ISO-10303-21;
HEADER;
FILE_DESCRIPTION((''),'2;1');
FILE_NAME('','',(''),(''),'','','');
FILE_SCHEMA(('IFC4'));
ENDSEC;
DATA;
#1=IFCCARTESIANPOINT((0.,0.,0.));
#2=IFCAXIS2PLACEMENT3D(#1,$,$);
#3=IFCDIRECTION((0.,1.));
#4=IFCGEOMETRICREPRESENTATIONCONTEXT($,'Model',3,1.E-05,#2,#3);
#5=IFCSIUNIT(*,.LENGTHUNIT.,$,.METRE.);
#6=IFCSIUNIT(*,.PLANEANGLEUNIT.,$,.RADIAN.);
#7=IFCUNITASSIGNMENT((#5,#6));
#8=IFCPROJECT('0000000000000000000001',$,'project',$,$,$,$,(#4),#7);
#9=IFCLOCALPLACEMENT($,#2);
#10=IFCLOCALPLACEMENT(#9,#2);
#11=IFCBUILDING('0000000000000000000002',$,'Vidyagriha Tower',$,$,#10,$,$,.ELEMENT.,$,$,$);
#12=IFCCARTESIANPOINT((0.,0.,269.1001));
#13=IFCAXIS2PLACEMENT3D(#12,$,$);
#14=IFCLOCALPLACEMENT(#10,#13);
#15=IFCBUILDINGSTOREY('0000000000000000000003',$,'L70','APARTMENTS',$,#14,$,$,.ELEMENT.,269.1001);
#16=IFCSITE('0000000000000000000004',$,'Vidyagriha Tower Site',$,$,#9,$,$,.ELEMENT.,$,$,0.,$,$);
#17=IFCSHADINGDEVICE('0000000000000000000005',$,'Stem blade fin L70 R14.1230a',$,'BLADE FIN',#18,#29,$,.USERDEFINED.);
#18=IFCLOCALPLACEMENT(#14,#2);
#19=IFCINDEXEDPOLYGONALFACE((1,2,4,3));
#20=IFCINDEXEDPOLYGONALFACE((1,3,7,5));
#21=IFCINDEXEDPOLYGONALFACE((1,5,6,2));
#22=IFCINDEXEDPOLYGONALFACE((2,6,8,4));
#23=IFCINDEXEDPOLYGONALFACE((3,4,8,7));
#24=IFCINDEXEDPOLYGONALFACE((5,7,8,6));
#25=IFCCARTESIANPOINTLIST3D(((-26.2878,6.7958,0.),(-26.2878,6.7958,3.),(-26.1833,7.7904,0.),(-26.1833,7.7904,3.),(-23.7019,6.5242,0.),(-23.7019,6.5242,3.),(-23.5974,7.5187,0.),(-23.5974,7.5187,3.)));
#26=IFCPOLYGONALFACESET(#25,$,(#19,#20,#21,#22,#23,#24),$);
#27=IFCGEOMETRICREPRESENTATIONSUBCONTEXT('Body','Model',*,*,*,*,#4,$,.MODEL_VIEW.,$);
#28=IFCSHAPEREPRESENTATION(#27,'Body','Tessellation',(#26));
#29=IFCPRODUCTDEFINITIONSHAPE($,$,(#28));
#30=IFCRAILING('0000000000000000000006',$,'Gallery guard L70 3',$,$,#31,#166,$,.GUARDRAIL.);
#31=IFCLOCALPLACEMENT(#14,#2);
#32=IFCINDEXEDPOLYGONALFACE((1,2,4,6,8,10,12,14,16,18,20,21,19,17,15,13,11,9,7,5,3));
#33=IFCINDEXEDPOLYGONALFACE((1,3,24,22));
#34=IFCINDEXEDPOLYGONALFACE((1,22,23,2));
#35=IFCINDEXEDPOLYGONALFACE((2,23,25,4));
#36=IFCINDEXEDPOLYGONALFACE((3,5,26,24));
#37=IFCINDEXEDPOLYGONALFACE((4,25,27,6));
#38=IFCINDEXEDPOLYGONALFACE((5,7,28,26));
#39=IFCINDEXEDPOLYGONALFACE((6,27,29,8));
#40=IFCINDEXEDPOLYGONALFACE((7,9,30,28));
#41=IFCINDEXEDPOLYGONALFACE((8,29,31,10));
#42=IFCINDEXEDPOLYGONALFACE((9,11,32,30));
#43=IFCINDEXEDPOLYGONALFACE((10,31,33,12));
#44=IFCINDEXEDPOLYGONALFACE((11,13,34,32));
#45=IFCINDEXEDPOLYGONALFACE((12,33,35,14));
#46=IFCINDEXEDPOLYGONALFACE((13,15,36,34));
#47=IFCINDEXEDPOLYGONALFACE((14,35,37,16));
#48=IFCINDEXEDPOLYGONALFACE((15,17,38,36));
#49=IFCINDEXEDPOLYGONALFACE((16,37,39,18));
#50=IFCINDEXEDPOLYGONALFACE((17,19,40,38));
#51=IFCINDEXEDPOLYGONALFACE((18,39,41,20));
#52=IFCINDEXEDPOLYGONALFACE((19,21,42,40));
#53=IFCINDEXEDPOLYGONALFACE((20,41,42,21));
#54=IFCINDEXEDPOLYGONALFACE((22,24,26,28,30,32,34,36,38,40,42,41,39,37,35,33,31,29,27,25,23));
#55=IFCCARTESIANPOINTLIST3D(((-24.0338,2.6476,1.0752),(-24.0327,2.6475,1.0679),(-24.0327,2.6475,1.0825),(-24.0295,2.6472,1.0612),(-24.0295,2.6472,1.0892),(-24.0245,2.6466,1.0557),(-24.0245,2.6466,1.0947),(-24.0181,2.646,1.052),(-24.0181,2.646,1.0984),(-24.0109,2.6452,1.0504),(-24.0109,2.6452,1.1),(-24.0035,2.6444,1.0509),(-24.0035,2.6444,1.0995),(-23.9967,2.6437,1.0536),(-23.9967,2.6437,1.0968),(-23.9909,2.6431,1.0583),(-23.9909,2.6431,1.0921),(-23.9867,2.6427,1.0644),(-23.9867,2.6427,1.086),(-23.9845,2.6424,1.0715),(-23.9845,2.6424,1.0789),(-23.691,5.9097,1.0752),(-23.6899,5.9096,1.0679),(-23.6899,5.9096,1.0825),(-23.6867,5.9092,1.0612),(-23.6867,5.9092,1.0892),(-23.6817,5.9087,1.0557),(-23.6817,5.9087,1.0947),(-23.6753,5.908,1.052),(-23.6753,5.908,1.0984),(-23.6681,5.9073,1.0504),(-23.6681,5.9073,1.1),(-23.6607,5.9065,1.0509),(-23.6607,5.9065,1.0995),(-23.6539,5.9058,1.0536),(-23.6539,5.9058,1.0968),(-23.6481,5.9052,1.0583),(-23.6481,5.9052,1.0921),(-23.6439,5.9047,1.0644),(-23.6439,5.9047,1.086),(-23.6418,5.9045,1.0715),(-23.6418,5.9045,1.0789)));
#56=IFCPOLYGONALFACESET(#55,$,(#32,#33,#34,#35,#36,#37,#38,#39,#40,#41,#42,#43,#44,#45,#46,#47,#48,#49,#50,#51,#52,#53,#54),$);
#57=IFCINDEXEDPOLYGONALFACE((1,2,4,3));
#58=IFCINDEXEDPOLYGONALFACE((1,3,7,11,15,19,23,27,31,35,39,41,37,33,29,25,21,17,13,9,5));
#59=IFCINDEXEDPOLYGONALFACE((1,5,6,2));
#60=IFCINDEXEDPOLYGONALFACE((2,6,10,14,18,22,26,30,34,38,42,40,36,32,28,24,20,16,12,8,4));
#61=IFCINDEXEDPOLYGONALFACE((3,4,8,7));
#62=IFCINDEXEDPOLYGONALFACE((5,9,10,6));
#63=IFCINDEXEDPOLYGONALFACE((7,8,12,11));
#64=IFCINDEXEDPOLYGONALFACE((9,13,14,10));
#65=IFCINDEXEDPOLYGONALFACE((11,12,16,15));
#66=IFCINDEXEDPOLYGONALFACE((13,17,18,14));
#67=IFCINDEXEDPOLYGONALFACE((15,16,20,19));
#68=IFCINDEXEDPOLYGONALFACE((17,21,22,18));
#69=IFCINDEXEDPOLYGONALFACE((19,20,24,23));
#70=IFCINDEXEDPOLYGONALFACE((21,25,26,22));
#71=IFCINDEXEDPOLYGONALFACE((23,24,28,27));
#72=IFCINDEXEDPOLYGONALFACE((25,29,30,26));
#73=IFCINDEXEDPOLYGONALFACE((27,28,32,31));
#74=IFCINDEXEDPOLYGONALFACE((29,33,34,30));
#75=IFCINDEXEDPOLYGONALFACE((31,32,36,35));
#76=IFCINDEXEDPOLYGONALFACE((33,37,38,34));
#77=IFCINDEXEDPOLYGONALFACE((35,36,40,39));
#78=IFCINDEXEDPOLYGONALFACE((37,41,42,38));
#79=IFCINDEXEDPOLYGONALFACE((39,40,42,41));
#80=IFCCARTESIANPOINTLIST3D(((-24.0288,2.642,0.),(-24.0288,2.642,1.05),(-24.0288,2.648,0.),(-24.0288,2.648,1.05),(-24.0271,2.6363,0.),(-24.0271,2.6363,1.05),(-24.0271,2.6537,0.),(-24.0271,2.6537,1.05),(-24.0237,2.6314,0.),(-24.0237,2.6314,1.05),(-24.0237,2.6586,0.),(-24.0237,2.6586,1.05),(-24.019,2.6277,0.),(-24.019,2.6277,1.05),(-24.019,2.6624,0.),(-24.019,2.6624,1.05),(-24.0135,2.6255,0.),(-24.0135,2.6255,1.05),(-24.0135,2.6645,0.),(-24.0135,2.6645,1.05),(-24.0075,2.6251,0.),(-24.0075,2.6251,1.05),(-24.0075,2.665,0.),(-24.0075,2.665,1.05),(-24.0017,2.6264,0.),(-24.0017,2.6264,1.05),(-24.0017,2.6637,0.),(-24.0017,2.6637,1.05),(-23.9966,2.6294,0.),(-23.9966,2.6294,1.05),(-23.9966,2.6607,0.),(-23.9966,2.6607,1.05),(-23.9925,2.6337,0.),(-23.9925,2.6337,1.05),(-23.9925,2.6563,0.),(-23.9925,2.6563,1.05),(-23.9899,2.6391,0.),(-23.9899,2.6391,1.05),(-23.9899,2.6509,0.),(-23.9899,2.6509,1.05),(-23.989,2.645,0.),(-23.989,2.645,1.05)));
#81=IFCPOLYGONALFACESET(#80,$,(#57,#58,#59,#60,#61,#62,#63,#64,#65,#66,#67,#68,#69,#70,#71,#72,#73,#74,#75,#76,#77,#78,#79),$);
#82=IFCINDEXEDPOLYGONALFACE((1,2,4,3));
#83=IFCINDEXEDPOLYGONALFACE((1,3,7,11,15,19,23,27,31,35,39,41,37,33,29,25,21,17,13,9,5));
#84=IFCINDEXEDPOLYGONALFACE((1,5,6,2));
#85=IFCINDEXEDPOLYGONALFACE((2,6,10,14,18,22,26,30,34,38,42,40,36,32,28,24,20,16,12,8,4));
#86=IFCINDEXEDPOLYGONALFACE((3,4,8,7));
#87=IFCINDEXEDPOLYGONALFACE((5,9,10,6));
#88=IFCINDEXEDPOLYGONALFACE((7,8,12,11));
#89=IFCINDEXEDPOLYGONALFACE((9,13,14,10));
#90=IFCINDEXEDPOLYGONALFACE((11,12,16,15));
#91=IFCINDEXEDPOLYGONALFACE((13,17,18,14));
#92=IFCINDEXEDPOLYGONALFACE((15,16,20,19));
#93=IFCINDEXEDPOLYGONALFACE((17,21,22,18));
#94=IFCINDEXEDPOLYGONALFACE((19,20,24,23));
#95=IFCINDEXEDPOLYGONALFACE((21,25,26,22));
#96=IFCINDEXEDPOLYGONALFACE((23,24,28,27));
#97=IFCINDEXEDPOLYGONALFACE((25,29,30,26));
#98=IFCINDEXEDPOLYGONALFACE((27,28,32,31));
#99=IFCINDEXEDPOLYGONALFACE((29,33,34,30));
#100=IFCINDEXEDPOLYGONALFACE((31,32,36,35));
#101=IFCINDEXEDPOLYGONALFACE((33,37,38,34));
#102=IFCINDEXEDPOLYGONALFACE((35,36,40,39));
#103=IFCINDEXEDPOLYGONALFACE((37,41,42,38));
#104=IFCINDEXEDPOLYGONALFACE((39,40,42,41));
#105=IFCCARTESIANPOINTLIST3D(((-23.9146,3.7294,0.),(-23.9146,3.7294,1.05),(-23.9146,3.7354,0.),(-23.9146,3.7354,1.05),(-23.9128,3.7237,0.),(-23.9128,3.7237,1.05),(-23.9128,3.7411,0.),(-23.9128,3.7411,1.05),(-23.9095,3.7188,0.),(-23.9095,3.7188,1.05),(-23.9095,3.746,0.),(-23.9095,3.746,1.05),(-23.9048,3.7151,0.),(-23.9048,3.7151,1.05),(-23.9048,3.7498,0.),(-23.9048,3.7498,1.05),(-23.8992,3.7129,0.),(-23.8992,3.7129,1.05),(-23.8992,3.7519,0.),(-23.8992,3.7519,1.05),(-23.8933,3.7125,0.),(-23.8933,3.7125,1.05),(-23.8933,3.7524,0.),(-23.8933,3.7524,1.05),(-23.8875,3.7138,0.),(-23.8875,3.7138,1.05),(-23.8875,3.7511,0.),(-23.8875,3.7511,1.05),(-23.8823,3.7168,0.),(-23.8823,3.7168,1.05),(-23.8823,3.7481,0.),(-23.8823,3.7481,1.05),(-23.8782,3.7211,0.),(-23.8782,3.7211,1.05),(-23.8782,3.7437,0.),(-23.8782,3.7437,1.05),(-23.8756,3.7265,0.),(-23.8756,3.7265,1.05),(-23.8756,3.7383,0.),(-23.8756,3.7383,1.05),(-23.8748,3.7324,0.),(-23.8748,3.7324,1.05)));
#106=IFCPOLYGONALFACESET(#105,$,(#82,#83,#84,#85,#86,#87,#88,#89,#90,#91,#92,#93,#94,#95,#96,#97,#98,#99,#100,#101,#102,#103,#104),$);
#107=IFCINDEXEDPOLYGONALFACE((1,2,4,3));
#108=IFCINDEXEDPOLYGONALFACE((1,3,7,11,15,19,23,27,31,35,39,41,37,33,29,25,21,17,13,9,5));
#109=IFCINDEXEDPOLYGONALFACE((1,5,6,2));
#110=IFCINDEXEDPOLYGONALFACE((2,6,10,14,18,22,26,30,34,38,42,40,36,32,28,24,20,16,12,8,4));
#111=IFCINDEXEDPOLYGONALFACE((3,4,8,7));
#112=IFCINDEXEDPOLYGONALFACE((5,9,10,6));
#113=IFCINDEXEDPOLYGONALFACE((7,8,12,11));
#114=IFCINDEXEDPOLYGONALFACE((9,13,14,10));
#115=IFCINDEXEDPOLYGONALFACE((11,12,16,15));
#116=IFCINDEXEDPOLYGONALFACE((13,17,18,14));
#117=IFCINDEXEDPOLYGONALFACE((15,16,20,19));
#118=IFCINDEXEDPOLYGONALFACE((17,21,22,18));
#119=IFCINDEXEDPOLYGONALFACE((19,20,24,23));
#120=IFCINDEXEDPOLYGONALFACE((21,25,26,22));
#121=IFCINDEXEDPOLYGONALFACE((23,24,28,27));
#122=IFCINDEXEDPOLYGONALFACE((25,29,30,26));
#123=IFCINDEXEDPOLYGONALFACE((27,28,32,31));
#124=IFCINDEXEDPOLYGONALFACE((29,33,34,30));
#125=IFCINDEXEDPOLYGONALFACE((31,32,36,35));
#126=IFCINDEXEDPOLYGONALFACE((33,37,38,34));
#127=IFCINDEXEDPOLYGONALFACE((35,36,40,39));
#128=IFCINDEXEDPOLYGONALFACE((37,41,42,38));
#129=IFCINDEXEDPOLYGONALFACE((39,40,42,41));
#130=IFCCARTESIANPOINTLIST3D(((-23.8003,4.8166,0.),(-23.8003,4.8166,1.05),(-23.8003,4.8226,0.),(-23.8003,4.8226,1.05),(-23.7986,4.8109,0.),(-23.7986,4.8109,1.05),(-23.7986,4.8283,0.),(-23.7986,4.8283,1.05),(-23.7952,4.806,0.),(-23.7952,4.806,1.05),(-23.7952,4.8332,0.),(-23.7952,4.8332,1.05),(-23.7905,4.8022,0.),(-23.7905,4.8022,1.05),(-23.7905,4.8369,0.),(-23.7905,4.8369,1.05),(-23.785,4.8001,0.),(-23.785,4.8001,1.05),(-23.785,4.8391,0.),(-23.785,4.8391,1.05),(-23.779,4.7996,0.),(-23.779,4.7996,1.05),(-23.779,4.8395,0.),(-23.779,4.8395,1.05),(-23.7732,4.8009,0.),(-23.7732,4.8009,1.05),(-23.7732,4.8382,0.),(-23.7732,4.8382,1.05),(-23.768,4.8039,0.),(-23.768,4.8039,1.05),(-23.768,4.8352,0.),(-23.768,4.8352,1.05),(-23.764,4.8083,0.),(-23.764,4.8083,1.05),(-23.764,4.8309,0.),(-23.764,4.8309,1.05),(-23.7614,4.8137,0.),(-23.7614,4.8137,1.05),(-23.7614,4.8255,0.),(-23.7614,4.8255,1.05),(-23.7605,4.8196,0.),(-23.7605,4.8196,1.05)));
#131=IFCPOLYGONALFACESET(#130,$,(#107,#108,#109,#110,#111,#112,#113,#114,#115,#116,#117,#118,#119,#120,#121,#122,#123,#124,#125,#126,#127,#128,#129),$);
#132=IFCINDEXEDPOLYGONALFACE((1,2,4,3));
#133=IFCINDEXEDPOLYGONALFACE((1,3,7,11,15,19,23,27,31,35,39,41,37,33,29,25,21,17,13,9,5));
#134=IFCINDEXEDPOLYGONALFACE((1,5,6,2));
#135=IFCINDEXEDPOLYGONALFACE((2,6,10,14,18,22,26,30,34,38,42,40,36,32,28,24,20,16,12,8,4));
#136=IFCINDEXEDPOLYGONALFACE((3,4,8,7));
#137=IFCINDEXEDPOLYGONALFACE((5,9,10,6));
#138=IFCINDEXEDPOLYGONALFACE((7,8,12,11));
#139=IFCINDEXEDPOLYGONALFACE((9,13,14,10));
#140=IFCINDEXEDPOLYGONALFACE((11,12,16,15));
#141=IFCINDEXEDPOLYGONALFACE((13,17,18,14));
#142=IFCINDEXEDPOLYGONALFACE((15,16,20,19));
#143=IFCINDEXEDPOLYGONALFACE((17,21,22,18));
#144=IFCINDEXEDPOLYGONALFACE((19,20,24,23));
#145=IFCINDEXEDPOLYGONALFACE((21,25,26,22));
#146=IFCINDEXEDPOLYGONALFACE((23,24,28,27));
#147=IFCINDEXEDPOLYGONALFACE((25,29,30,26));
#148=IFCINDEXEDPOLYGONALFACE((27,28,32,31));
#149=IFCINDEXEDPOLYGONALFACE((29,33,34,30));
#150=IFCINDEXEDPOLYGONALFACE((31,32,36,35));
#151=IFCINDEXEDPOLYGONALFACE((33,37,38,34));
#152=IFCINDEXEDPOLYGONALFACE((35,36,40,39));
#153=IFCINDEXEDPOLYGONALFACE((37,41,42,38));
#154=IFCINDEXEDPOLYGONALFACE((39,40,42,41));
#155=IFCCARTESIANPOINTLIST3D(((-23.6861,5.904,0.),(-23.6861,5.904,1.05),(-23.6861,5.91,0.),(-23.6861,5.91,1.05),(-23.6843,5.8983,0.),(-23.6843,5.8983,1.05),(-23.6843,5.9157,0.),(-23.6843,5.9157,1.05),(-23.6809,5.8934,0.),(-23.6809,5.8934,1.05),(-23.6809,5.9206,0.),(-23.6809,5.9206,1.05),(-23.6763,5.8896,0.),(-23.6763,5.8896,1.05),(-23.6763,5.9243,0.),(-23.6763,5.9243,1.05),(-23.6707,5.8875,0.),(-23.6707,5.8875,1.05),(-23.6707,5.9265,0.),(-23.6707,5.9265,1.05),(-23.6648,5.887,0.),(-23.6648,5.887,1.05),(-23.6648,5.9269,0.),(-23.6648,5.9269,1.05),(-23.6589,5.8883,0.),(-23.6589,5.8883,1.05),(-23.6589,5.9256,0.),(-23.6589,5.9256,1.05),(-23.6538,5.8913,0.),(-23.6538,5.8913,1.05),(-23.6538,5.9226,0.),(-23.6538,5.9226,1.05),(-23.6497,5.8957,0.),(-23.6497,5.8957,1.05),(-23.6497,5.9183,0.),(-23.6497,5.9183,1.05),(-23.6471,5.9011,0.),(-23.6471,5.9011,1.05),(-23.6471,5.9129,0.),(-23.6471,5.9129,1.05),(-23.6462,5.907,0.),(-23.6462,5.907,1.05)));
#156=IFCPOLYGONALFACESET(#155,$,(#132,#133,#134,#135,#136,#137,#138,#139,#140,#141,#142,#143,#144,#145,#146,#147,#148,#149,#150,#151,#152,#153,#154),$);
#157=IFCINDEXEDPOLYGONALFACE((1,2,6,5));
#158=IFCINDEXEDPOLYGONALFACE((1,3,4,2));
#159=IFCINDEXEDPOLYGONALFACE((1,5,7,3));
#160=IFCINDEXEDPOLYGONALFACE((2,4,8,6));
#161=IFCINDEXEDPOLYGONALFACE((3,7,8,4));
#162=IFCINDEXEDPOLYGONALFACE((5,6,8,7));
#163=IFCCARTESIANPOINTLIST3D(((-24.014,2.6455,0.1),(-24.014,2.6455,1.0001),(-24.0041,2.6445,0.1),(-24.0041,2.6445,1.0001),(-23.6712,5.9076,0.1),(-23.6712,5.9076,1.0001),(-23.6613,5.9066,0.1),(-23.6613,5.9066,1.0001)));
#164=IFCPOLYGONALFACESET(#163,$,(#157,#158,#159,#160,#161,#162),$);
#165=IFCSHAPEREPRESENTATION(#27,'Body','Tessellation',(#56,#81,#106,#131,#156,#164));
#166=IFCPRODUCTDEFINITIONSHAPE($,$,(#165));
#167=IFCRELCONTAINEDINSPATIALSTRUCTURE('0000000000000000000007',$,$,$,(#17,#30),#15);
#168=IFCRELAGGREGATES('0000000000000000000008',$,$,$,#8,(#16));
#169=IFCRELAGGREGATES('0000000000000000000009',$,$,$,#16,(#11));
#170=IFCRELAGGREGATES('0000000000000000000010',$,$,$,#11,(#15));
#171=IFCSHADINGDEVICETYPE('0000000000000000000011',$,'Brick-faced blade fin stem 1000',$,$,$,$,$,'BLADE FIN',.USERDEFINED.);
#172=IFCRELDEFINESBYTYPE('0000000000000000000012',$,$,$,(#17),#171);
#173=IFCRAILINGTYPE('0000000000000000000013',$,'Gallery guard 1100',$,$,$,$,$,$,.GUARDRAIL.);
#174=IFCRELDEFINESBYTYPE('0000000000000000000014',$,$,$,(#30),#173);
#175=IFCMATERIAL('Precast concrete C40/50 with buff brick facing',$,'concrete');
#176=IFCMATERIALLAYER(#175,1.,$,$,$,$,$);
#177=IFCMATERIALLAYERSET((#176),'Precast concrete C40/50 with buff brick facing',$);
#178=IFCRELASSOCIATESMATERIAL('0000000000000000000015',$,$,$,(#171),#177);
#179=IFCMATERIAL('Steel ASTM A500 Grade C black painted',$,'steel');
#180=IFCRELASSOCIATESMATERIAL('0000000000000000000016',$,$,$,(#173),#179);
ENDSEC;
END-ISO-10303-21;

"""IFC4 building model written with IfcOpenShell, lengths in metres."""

from ifc_helpers import new_model, si_unit, direction, frame, origin, origin_2d, place, context, subcontext, project, spatial, polyline, rectangle, circle, outline, extrude, material, layer, layer_set, type_object, element, save


model = new_model("IFC4")

# Units and contexts
model_context = context("Model", 3, precision=1e-05, world=origin(), true_north=direction((0.0, 1.0)))
body_context = subcontext(model_context, "Body", "Model", "MODEL_VIEW")
ifc_project = project(units=[si_unit("LENGTHUNIT", "METRE"), si_unit("PLANEANGLEUNIT", "RADIAN")], contexts=[model_context])

# Site, building, storey
site_placement = place(None, origin())
site = spatial("IfcSite", under=ifc_project, at=site_placement, Name="Vidyagriha Tower Site", CompositionType="ELEMENT", RefElevation=0.0)
building_placement = place(site_placement, origin())
building = spatial("IfcBuilding", under=site, at=building_placement, Name="Vidyagriha Tower", CompositionType="ELEMENT")
storey_placement = place(building_placement, frame((0.0, 0.0, 269.1001)))
storey = spatial("IfcBuildingStorey", under=building, at=storey_placement, Name="L70", Description="APARTMENTS", CompositionType="ELEMENT", Elevation=269.1001)

# Shading device
ifc_material_1 = material(Name="Precast concrete C40/50 with buff brick facing", Category="concrete")
ifc_layer_1 = layer(ifc_material_1, 1.0)
ifc_layer_set_1 = layer_set([ifc_layer_1], Name="Precast concrete C40/50 with buff brick facing")
shading_device_type_1 = type_object("IfcShadingDeviceType", Name="Brick-faced blade fin stem 1000", ElementType="BLADE FIN", PredefinedType="USERDEFINED", material=ifc_layer_set_1)
shading_device_1_placement = place(storey_placement, frame((-24.8904, 7.6545, 0.0), z_axis=(0.0, 0.0, 1.0), x_axis=(-0.104481, -0.994527, 0.0)))
element("IfcShadingDevice", 1, at=shading_device_1_placement, inside=storey, type_object=shading_device_type_1, Name="Stem blade fin L70 R14.1230a", ObjectType="BLADE FIN", PredefinedType="USERDEFINED", context=body_context, shape_type="SweptSolid", body=[
    extrude(outline(polyline([(0.0, 0.0), (1.0, 0.0), (1.0, 3.0), (0.0, 3.0), (0.0, 0.0)])), frame((0.0, 1.3, 0.0), z_axis=(0.0, -1.0, 0.0), x_axis=(1.0, 0.0, 0.0)), (0.0, 0.0, 1.0), 2.6001),
])

# Railing
ifc_material_2 = material(Name="Steel ASTM A500 Grade C black painted", Category="steel")
railing_type_1 = type_object("IfcRailingType", Name="Gallery guard 1100", PredefinedType="GUARDRAIL", material=ifc_material_2)
railing_1_placement = place(storey_placement, frame((-24.009, 2.645, 0.0)))
element("IfcRailing", 2, at=railing_1_placement, inside=storey, type_object=railing_type_1, Name="Gallery guard L70 3", PredefinedType="GUARDRAIL", context=body_context, shape_type="SweptSolid", body=[
    extrude(circle(Radius=0.0249, at=origin_2d()), frame((0.0, 0.0, 1.0752), z_axis=(0.104507, 0.994524, 0.0), x_axis=(-0.994524, 0.104507, 0.0)), (0.0, 0.0, 1.0), 3.28),
    extrude(circle(Radius=0.02, at=origin_2d()), origin(), (0.0, 0.0, 1.0), 1.05),
    extrude(circle(Radius=0.02, at=origin_2d()), frame((0.1143, 1.0874, 0.0)), (0.0, 0.0, 1.0), 1.05),
    extrude(circle(Radius=0.02, at=origin_2d()), frame((0.2285, 2.1746, 0.0)), (0.0, 0.0, 1.0), 1.05),
    extrude(circle(Radius=0.02, at=origin_2d()), frame((0.3428, 3.262, 0.0)), (0.0, 0.0, 1.0), 1.05),
    extrude(rectangle(XDim=0.01, YDim=0.9001, at=origin_2d()), frame((0.0, 0.0, 0.55), z_axis=(0.104507, 0.994524, 0.0), x_axis=(-0.994524, 0.104507, 0.0)), (0.0, 0.0, 1.0), 3.28),
])

save(model, "model.ifc")
